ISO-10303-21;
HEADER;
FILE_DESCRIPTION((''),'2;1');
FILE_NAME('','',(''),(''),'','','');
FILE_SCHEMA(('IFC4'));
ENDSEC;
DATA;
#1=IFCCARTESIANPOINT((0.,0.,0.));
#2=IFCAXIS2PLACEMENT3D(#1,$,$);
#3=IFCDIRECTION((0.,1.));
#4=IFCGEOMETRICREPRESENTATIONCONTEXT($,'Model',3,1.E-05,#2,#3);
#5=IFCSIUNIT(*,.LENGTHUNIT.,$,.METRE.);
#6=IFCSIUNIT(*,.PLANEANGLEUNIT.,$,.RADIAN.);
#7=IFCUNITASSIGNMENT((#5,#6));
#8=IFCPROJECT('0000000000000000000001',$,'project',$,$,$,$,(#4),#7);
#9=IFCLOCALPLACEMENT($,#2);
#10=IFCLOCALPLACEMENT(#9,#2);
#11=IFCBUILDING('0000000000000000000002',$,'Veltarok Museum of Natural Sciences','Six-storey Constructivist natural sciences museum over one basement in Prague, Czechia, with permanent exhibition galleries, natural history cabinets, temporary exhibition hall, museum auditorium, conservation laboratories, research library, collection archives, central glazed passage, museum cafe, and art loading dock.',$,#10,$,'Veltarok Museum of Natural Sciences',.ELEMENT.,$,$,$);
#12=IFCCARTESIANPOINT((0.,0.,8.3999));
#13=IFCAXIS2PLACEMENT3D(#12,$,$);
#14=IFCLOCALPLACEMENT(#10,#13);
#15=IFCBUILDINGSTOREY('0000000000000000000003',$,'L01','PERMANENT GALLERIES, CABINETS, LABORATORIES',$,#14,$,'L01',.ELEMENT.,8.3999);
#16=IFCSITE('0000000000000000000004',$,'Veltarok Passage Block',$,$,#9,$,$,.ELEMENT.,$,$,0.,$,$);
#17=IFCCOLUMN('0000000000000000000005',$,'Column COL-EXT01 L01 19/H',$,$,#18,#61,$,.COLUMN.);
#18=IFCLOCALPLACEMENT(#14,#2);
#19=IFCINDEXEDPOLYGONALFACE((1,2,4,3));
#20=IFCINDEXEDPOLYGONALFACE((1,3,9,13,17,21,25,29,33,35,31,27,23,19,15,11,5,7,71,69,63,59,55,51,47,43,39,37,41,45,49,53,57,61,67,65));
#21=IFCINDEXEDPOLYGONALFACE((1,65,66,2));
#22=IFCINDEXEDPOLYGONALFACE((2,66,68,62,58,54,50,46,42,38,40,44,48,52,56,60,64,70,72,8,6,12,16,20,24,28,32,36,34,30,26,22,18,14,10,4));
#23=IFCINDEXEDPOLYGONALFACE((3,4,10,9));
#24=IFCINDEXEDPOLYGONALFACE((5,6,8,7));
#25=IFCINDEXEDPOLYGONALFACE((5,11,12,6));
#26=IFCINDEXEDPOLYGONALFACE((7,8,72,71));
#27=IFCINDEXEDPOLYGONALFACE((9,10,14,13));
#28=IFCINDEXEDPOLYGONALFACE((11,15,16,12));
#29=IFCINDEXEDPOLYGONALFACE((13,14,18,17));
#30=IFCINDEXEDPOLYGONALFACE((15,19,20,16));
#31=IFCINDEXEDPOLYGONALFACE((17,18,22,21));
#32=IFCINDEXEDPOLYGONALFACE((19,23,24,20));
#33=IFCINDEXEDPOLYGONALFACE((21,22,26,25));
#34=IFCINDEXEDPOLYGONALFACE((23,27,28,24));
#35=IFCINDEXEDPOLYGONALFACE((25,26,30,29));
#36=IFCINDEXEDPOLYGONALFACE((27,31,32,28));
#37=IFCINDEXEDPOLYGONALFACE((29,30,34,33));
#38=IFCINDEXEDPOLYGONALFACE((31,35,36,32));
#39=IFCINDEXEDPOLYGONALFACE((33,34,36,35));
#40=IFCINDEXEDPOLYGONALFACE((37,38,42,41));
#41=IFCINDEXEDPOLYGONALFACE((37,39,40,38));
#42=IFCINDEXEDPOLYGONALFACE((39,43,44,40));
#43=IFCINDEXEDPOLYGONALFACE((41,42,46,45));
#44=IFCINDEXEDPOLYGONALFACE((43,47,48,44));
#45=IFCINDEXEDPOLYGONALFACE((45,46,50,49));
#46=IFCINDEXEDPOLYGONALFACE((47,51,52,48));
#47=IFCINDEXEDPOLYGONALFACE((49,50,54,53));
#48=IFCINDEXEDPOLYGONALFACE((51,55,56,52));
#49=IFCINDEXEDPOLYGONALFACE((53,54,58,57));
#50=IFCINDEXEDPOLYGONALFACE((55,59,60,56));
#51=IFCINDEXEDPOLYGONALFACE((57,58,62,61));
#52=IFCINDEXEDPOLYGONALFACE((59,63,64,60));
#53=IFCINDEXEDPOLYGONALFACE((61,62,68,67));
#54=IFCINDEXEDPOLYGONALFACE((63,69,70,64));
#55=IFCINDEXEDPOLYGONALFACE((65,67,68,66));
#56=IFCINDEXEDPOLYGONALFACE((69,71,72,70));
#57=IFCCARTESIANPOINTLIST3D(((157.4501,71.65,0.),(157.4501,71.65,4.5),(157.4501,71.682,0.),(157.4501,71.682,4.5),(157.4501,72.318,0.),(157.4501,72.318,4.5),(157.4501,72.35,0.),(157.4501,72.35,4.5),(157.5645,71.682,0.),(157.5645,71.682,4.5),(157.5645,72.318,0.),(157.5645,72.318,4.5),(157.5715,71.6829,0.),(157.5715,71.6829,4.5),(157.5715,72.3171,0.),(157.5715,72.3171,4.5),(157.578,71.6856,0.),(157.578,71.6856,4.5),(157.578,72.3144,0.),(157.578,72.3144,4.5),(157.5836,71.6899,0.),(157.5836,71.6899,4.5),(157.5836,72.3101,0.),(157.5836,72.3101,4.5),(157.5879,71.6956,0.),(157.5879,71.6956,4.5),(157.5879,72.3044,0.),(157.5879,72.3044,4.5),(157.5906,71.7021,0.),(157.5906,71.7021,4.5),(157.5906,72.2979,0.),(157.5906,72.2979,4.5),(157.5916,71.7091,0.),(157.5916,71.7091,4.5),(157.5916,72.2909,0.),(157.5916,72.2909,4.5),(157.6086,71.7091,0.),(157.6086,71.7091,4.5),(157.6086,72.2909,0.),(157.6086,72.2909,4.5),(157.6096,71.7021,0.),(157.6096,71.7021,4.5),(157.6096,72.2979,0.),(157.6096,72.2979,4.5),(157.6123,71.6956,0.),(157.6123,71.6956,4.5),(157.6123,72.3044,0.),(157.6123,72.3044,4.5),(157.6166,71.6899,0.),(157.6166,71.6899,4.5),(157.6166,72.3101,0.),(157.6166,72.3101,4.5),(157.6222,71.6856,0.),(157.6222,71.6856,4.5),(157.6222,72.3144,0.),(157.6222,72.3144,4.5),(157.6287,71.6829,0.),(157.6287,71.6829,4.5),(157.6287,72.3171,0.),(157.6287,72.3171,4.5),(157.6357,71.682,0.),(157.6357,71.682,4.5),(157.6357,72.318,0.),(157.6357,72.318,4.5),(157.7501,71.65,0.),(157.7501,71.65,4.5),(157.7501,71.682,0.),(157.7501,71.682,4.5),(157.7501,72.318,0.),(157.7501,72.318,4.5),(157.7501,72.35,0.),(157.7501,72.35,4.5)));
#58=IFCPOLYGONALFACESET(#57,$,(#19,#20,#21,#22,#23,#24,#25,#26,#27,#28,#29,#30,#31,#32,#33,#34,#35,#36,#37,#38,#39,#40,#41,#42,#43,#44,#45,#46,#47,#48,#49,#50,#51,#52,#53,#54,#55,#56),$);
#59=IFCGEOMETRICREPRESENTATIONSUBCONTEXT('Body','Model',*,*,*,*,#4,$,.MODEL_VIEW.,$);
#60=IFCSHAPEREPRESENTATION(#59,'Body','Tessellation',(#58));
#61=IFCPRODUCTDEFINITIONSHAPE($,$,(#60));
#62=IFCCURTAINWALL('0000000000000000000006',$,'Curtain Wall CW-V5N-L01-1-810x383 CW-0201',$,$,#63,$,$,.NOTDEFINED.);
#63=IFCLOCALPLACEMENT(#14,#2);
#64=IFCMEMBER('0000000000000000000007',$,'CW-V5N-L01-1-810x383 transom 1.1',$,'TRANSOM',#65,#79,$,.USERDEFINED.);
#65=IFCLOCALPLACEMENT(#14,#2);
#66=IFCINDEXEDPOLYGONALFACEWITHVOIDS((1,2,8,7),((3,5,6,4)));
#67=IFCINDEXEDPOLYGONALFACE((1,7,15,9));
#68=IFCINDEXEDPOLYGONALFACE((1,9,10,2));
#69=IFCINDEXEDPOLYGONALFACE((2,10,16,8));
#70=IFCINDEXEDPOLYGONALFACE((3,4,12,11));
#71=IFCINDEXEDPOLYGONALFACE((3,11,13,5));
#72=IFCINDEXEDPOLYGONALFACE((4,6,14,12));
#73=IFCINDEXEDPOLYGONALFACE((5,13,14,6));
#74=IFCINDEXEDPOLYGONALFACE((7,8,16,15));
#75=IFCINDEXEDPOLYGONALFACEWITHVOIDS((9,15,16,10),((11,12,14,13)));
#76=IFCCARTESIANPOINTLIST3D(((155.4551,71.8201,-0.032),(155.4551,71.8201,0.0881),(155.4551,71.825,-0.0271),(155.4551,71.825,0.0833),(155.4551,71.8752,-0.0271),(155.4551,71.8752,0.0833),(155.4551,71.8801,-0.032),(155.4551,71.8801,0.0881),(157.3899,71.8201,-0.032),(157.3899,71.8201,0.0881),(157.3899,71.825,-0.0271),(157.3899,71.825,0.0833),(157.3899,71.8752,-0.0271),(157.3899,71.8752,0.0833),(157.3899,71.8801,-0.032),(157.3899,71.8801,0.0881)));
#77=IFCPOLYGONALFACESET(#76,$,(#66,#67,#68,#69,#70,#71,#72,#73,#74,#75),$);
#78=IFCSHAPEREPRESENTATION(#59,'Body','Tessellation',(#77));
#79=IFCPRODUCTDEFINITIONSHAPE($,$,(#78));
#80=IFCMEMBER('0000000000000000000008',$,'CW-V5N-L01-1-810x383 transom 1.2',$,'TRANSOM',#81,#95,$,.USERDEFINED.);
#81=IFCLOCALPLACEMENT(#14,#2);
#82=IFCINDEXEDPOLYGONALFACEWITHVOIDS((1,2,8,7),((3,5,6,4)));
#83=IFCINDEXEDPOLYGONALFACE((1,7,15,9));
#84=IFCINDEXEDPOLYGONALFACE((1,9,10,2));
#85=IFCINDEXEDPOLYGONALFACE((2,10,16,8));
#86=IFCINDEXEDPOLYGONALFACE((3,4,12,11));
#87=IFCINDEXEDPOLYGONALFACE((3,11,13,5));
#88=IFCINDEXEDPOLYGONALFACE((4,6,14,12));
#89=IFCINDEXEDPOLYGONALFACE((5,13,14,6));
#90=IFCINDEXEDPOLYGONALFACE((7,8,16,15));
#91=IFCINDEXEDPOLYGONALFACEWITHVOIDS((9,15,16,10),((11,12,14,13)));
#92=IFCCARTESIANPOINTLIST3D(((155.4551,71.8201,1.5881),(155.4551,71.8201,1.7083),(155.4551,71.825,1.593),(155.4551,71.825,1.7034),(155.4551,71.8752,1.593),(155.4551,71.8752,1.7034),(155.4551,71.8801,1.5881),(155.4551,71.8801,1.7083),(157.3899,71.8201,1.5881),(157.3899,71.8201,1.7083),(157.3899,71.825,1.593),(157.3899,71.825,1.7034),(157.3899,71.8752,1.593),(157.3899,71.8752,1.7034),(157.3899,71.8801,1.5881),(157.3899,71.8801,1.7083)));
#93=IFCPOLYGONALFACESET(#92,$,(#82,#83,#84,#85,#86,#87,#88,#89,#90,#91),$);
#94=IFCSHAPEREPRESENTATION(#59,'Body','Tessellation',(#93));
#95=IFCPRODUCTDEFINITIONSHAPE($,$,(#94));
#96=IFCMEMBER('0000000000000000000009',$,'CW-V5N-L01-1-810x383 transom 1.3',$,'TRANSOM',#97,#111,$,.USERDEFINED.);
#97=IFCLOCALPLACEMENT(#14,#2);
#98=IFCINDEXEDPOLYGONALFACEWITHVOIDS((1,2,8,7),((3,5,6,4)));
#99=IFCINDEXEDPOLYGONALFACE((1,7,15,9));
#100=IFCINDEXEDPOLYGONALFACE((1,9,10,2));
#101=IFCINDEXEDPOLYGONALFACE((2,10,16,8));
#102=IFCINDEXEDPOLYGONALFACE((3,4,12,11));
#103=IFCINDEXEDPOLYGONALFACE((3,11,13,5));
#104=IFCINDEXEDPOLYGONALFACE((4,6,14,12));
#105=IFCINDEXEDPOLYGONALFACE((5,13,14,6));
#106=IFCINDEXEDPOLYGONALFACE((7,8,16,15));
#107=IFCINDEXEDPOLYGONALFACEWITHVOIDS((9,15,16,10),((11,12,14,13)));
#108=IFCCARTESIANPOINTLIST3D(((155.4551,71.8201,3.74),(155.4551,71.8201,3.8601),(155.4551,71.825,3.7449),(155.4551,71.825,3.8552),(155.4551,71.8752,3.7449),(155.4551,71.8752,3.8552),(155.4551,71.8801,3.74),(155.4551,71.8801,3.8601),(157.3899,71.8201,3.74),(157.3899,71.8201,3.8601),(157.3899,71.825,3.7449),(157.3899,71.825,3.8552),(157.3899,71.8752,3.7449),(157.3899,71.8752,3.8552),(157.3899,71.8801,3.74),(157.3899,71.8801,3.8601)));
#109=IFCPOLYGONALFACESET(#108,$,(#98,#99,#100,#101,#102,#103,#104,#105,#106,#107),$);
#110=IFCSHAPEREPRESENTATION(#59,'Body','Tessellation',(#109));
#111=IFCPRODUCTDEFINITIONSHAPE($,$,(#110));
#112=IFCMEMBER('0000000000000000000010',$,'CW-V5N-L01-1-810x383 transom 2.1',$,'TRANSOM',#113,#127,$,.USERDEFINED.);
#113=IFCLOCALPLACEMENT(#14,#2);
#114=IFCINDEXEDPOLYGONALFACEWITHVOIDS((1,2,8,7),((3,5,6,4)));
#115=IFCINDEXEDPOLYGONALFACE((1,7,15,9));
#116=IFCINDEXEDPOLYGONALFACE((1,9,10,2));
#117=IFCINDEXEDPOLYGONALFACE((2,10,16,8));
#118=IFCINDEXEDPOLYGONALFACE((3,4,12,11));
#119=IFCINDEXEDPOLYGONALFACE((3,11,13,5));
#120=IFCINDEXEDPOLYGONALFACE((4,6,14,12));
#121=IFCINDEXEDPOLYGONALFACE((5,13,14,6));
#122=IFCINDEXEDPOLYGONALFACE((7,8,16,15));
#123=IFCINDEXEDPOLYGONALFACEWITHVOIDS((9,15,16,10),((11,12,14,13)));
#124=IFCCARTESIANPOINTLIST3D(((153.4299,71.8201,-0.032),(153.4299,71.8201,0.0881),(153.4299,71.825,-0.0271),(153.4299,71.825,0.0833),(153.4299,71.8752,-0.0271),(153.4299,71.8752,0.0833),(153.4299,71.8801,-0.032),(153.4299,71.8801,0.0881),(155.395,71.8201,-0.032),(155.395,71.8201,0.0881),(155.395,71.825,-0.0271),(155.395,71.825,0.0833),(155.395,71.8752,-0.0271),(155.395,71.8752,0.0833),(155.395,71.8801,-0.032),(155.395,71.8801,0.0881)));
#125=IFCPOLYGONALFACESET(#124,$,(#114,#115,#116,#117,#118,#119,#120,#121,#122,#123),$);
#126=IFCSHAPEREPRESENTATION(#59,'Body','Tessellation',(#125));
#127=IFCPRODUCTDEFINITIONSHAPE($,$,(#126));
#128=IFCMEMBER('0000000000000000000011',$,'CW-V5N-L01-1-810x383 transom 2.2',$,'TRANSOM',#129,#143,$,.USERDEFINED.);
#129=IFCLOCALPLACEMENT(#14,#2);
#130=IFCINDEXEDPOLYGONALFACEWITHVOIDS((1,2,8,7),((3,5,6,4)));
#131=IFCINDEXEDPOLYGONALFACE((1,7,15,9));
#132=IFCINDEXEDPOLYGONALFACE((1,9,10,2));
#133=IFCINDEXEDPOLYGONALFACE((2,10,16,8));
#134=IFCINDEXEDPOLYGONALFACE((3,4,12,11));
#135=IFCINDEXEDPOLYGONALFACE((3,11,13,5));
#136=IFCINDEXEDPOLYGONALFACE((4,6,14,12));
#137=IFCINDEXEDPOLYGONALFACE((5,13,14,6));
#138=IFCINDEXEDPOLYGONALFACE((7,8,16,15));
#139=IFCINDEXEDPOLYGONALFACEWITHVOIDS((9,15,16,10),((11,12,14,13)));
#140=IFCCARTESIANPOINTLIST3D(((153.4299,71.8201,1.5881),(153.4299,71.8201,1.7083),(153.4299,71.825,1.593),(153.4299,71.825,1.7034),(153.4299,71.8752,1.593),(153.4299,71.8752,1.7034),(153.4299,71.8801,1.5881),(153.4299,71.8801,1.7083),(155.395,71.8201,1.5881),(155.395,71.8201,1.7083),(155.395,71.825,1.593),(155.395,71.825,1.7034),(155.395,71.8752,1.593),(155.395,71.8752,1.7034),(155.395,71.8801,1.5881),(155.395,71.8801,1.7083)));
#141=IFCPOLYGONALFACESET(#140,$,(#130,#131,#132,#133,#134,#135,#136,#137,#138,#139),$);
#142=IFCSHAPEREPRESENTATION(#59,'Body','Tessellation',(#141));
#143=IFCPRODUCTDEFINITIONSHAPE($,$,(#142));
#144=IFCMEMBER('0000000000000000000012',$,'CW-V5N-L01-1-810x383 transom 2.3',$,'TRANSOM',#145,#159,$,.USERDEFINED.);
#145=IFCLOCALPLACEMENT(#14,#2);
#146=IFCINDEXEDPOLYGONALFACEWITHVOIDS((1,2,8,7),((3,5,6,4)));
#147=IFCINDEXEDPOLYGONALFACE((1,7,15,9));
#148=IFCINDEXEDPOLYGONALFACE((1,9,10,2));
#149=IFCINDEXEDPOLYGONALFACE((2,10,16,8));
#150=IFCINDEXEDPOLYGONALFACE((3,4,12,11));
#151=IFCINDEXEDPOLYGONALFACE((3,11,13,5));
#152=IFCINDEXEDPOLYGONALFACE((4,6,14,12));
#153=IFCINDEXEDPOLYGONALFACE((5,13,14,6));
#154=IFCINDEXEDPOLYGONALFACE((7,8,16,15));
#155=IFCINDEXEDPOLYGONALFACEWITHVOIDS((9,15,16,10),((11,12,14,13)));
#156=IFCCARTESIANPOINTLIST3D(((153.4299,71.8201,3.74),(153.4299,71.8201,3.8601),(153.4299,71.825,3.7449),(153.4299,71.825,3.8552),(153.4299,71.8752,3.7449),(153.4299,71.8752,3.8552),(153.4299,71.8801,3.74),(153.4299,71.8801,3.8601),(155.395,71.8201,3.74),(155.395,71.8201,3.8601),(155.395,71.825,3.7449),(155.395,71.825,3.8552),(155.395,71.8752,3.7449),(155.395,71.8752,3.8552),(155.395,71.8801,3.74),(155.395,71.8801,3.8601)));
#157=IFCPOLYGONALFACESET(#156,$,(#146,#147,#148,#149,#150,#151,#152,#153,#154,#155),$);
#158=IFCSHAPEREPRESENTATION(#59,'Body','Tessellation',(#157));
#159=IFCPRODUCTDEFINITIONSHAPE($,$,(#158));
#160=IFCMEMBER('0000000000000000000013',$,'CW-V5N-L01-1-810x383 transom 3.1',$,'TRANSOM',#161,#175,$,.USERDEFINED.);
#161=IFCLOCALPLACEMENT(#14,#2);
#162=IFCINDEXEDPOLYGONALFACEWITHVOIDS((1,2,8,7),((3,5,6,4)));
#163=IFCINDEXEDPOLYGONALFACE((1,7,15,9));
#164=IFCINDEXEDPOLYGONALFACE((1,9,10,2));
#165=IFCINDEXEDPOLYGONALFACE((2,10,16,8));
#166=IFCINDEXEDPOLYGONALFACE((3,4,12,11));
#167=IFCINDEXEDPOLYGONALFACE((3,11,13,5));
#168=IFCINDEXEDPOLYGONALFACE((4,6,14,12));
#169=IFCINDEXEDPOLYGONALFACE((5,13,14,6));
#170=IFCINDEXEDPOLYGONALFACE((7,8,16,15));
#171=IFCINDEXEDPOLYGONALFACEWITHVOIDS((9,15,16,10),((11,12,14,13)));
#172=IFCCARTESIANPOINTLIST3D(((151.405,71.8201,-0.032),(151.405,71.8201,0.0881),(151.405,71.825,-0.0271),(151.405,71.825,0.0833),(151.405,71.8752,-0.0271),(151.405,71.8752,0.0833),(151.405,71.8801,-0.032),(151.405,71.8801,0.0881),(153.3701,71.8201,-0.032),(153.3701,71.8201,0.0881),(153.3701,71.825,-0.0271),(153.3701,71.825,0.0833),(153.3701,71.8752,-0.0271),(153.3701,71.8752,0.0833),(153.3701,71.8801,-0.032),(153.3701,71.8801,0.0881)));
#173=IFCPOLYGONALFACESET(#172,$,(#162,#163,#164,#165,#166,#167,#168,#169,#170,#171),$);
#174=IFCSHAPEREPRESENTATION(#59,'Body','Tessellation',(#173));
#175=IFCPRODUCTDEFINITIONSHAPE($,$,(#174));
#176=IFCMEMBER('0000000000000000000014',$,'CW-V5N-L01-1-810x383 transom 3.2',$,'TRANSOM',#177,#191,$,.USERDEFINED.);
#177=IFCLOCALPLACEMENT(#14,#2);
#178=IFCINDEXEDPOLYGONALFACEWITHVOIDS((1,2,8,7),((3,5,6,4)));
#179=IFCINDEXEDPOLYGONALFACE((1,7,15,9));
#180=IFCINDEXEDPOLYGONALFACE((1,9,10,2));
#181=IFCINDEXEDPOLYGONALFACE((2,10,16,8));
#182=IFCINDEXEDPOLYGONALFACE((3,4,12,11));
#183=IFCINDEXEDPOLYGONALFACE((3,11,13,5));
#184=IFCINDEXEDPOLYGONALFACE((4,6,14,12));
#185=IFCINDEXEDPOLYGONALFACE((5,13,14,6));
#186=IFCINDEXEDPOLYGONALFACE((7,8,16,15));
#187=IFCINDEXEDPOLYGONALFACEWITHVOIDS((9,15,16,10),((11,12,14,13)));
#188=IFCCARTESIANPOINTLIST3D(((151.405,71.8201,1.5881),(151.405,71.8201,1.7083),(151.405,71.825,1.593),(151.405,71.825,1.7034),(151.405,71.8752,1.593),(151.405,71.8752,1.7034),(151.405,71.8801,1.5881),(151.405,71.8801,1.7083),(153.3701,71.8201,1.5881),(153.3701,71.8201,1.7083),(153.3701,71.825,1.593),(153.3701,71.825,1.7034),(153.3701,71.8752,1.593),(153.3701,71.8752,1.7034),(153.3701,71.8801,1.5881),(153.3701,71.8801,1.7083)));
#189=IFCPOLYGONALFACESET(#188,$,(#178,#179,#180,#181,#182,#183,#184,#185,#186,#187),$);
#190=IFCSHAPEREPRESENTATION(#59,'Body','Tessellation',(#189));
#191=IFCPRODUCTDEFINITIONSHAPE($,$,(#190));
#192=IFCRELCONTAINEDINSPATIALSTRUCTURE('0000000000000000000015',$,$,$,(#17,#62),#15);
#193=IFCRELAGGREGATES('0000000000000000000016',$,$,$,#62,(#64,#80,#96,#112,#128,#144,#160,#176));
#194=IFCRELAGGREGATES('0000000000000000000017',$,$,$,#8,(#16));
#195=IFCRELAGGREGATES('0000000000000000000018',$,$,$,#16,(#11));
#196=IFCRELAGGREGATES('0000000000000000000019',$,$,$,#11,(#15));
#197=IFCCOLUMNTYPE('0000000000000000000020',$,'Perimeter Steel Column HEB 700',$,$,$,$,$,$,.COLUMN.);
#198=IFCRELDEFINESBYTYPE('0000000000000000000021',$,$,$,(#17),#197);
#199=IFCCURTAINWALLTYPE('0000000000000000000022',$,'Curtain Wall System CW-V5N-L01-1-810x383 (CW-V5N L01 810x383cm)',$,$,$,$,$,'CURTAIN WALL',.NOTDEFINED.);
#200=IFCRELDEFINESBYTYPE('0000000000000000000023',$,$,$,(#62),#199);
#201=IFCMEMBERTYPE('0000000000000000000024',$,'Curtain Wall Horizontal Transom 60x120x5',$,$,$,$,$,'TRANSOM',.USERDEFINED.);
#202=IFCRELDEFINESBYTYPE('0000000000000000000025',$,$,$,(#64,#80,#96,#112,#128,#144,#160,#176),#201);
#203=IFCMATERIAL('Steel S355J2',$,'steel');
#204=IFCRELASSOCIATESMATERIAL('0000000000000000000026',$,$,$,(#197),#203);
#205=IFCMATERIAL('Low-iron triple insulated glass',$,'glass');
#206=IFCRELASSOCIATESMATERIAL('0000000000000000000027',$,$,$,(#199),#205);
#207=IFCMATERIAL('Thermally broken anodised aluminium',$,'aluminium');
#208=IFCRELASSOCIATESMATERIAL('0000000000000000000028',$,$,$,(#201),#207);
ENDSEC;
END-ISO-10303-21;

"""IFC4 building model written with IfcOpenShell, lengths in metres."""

from ifc_helpers import new_model, si_unit, direction, frame, origin, origin_2d, place, context, subcontext, project, spatial, hollow_rectangle, i_section, extrude, material, material_profile, profile_set, type_object, element, aggregate, save


model = new_model("IFC4")

# Units and contexts
model_context = context("Model", 3, precision=1e-05, world=origin(), true_north=direction((0.0, 1.0)))
body_context = subcontext(model_context, "Body", "Model", "MODEL_VIEW")
ifc_project = project(units=[si_unit("LENGTHUNIT", "METRE"), si_unit("PLANEANGLEUNIT", "RADIAN")], contexts=[model_context])

# Site, building, storey
site_placement = place(None, origin())
site = spatial("IfcSite", under=ifc_project, at=site_placement, Name="Veltarok Passage Block", CompositionType="ELEMENT", RefElevation=0.0)
building_placement = place(site_placement, origin())
building = spatial("IfcBuilding", under=site, at=building_placement, Name="Veltarok Museum of Natural Sciences", Description="Six-storey Constructivist natural sciences museum over one basement in Prague, Czechia, with permanent exhibition galleries, natural history cabinets, temporary exhibition hall, museum auditorium, conservation laboratories, research library, collection archives, central glazed passage, museum cafe, and art loading dock.", LongName="Veltarok Museum of Natural Sciences", CompositionType="ELEMENT")
storey_placement = place(building_placement, frame((0.0, 0.0, 8.3999)))
storey = spatial("IfcBuildingStorey", under=building, at=storey_placement, Name="L01", Description="PERMANENT GALLERIES, CABINETS, LABORATORIES", LongName="L01", CompositionType="ELEMENT", Elevation=8.3999)

# Column
ifc_material_1 = material(Name="Steel S355J2", Category="steel")
ifc_material_profile_1 = material_profile(ifc_material_1, i_section(OverallWidth=0.3, OverallDepth=0.7, WebThickness=0.0171, FlangeThickness=0.032, FilletRadius=0.0271, at=origin_2d()), Name="HEB 700")
ifc_profile_set_1 = profile_set([ifc_material_profile_1], Name="Steel S355J2")
column_type = type_object("IfcColumnType", Name="Perimeter Steel Column HEB 700", PredefinedType="COLUMN", material=ifc_profile_set_1)
column_placement = place(storey_placement, frame((157.6001, 72.0, 0.0), z_axis=(0.0, 0.0, 1.0), x_axis=(1.0, 0.0, 0.0)))
element("IfcColumn", 1, at=column_placement, inside=storey, type_object=column_type, Name="Column COL-EXT01 L01 19/H", PredefinedType="COLUMN", context=body_context, shape_type="SweptSolid", body=[
    extrude(i_section(OverallWidth=0.3, OverallDepth=0.7, WebThickness=0.0171, FlangeThickness=0.032, FilletRadius=0.0271, at=origin_2d()), origin(), (0.0, 0.0, 1.0), 4.5),
])

# Curtain wall, members
ifc_material_2 = material(Name="Low-iron triple insulated glass", Category="glass")
curtain_wall_type_1 = type_object("IfcCurtainWallType", Name="Curtain Wall System CW-V5N-L01-1-810x383 (CW-V5N L01 810x383cm)", ElementType="CURTAIN WALL", PredefinedType="NOTDEFINED", material=ifc_material_2)
curtain_wall_1_placement = place(storey_placement, origin())
curtain_wall_1 = element("IfcCurtainWall", 2, at=curtain_wall_1_placement, inside=storey, type_object=curtain_wall_type_1, Name="Curtain Wall CW-V5N-L01-1-810x383 CW-0201", PredefinedType="NOTDEFINED")
ifc_material_3 = material(Name="Thermally broken anodised aluminium", Category="aluminium")
ifc_material_profile_2 = material_profile(ifc_material_3, hollow_rectangle(XDim=0.0601, YDim=0.1201, WallThickness=0.0049, at=origin_2d()), Name="CW TRANSOM 60x120x5")
ifc_profile_set_2 = profile_set([ifc_material_profile_2], Name="Thermally broken anodised aluminium")
member_type_1 = type_object("IfcMemberType", Name="Curtain Wall Horizontal Transom 60x120x5", ElementType="TRANSOM", PredefinedType="USERDEFINED", material=ifc_profile_set_2)
member_1_placement = place(storey_placement, frame((157.3899, 71.8501, 0.0281), z_axis=(-1.0, 0.0, 0.0), x_axis=(0.0, -1.0, 0.0)))
member_1 = element("IfcMember", 3, at=member_1_placement, type_object=member_type_1, Name="CW-V5N-L01-1-810x383 transom 1.1", ObjectType="TRANSOM", PredefinedType="USERDEFINED", context=body_context, shape_type="SweptSolid", body=[
    extrude(hollow_rectangle(XDim=0.0601, YDim=0.1201, WallThickness=0.0049, at=origin_2d()), origin(), (0.0, 0.0, 1.0), 1.9348),
])
member_2_placement = place(storey_placement, frame((157.3899, 71.8501, 1.6482), z_axis=(-1.0, 0.0, 0.0), x_axis=(0.0, -1.0, 0.0)))
member_2 = element("IfcMember", 4, at=member_2_placement, type_object=member_type_1, Name="CW-V5N-L01-1-810x383 transom 1.2", ObjectType="TRANSOM", PredefinedType="USERDEFINED", context=body_context, shape_type="SweptSolid", body=[
    extrude(hollow_rectangle(XDim=0.0601, YDim=0.1201, WallThickness=0.0049, at=origin_2d()), origin(), (0.0, 0.0, 1.0), 1.9348),
])
member_3_placement = place(storey_placement, frame((157.3899, 71.8501, 3.8), z_axis=(-1.0, 0.0, 0.0), x_axis=(0.0, -1.0, 0.0)))
member_3 = element("IfcMember", 5, at=member_3_placement, type_object=member_type_1, Name="CW-V5N-L01-1-810x383 transom 1.3", ObjectType="TRANSOM", PredefinedType="USERDEFINED", context=body_context, shape_type="SweptSolid", body=[
    extrude(hollow_rectangle(XDim=0.0601, YDim=0.1201, WallThickness=0.0049, at=origin_2d()), origin(), (0.0, 0.0, 1.0), 1.9348),
])
member_4_placement = place(storey_placement, frame((155.395, 71.8501, 0.0281), z_axis=(-1.0, 0.0, 0.0), x_axis=(0.0, -1.0, 0.0)))
member_4 = element("IfcMember", 6, at=member_4_placement, type_object=member_type_1, Name="CW-V5N-L01-1-810x383 transom 2.1", ObjectType="TRANSOM", PredefinedType="USERDEFINED", context=body_context, shape_type="SweptSolid", body=[
    extrude(hollow_rectangle(XDim=0.0601, YDim=0.1201, WallThickness=0.0049, at=origin_2d()), origin(), (0.0, 0.0, 1.0), 1.9651),
])
member_5_placement = place(storey_placement, frame((155.395, 71.8501, 1.6482), z_axis=(-1.0, 0.0, 0.0), x_axis=(0.0, -1.0, 0.0)))
member_5 = element("IfcMember", 7, at=member_5_placement, type_object=member_type_1, Name="CW-V5N-L01-1-810x383 transom 2.2", ObjectType="TRANSOM", PredefinedType="USERDEFINED", context=body_context, shape_type="SweptSolid", body=[
    extrude(hollow_rectangle(XDim=0.0601, YDim=0.1201, WallThickness=0.0049, at=origin_2d()), origin(), (0.0, 0.0, 1.0), 1.9651),
])
member_6_placement = place(storey_placement, frame((155.395, 71.8501, 3.8), z_axis=(-1.0, 0.0, 0.0), x_axis=(0.0, -1.0, 0.0)))
member_6 = element("IfcMember", 8, at=member_6_placement, type_object=member_type_1, Name="CW-V5N-L01-1-810x383 transom 2.3", ObjectType="TRANSOM", PredefinedType="USERDEFINED", context=body_context, shape_type="SweptSolid", body=[
    extrude(hollow_rectangle(XDim=0.0601, YDim=0.1201, WallThickness=0.0049, at=origin_2d()), origin(), (0.0, 0.0, 1.0), 1.9651),
])
member_7_placement = place(storey_placement, frame((153.3701, 71.8501, 0.0281), z_axis=(-1.0, 0.0, 0.0), x_axis=(0.0, -1.0, 0.0)))
member_7 = element("IfcMember", 9, at=member_7_placement, type_object=member_type_1, Name="CW-V5N-L01-1-810x383 transom 3.1", ObjectType="TRANSOM", PredefinedType="USERDEFINED", context=body_context, shape_type="SweptSolid", body=[
    extrude(hollow_rectangle(XDim=0.0601, YDim=0.1201, WallThickness=0.0049, at=origin_2d()), origin(), (0.0, 0.0, 1.0), 1.9651),
])
member_8_placement = place(storey_placement, frame((153.3701, 71.8501, 1.6482), z_axis=(-1.0, 0.0, 0.0), x_axis=(0.0, -1.0, 0.0)))
member_8 = element("IfcMember", 10, at=member_8_placement, type_object=member_type_1, Name="CW-V5N-L01-1-810x383 transom 3.2", ObjectType="TRANSOM", PredefinedType="USERDEFINED", context=body_context, shape_type="SweptSolid", body=[
    extrude(hollow_rectangle(XDim=0.0601, YDim=0.1201, WallThickness=0.0049, at=origin_2d()), origin(), (0.0, 0.0, 1.0), 1.9651),
])

aggregate(curtain_wall_1, [member_1, member_2, member_3, member_4, member_5, member_6, member_7, member_8])

save(model, "model.ifc")
